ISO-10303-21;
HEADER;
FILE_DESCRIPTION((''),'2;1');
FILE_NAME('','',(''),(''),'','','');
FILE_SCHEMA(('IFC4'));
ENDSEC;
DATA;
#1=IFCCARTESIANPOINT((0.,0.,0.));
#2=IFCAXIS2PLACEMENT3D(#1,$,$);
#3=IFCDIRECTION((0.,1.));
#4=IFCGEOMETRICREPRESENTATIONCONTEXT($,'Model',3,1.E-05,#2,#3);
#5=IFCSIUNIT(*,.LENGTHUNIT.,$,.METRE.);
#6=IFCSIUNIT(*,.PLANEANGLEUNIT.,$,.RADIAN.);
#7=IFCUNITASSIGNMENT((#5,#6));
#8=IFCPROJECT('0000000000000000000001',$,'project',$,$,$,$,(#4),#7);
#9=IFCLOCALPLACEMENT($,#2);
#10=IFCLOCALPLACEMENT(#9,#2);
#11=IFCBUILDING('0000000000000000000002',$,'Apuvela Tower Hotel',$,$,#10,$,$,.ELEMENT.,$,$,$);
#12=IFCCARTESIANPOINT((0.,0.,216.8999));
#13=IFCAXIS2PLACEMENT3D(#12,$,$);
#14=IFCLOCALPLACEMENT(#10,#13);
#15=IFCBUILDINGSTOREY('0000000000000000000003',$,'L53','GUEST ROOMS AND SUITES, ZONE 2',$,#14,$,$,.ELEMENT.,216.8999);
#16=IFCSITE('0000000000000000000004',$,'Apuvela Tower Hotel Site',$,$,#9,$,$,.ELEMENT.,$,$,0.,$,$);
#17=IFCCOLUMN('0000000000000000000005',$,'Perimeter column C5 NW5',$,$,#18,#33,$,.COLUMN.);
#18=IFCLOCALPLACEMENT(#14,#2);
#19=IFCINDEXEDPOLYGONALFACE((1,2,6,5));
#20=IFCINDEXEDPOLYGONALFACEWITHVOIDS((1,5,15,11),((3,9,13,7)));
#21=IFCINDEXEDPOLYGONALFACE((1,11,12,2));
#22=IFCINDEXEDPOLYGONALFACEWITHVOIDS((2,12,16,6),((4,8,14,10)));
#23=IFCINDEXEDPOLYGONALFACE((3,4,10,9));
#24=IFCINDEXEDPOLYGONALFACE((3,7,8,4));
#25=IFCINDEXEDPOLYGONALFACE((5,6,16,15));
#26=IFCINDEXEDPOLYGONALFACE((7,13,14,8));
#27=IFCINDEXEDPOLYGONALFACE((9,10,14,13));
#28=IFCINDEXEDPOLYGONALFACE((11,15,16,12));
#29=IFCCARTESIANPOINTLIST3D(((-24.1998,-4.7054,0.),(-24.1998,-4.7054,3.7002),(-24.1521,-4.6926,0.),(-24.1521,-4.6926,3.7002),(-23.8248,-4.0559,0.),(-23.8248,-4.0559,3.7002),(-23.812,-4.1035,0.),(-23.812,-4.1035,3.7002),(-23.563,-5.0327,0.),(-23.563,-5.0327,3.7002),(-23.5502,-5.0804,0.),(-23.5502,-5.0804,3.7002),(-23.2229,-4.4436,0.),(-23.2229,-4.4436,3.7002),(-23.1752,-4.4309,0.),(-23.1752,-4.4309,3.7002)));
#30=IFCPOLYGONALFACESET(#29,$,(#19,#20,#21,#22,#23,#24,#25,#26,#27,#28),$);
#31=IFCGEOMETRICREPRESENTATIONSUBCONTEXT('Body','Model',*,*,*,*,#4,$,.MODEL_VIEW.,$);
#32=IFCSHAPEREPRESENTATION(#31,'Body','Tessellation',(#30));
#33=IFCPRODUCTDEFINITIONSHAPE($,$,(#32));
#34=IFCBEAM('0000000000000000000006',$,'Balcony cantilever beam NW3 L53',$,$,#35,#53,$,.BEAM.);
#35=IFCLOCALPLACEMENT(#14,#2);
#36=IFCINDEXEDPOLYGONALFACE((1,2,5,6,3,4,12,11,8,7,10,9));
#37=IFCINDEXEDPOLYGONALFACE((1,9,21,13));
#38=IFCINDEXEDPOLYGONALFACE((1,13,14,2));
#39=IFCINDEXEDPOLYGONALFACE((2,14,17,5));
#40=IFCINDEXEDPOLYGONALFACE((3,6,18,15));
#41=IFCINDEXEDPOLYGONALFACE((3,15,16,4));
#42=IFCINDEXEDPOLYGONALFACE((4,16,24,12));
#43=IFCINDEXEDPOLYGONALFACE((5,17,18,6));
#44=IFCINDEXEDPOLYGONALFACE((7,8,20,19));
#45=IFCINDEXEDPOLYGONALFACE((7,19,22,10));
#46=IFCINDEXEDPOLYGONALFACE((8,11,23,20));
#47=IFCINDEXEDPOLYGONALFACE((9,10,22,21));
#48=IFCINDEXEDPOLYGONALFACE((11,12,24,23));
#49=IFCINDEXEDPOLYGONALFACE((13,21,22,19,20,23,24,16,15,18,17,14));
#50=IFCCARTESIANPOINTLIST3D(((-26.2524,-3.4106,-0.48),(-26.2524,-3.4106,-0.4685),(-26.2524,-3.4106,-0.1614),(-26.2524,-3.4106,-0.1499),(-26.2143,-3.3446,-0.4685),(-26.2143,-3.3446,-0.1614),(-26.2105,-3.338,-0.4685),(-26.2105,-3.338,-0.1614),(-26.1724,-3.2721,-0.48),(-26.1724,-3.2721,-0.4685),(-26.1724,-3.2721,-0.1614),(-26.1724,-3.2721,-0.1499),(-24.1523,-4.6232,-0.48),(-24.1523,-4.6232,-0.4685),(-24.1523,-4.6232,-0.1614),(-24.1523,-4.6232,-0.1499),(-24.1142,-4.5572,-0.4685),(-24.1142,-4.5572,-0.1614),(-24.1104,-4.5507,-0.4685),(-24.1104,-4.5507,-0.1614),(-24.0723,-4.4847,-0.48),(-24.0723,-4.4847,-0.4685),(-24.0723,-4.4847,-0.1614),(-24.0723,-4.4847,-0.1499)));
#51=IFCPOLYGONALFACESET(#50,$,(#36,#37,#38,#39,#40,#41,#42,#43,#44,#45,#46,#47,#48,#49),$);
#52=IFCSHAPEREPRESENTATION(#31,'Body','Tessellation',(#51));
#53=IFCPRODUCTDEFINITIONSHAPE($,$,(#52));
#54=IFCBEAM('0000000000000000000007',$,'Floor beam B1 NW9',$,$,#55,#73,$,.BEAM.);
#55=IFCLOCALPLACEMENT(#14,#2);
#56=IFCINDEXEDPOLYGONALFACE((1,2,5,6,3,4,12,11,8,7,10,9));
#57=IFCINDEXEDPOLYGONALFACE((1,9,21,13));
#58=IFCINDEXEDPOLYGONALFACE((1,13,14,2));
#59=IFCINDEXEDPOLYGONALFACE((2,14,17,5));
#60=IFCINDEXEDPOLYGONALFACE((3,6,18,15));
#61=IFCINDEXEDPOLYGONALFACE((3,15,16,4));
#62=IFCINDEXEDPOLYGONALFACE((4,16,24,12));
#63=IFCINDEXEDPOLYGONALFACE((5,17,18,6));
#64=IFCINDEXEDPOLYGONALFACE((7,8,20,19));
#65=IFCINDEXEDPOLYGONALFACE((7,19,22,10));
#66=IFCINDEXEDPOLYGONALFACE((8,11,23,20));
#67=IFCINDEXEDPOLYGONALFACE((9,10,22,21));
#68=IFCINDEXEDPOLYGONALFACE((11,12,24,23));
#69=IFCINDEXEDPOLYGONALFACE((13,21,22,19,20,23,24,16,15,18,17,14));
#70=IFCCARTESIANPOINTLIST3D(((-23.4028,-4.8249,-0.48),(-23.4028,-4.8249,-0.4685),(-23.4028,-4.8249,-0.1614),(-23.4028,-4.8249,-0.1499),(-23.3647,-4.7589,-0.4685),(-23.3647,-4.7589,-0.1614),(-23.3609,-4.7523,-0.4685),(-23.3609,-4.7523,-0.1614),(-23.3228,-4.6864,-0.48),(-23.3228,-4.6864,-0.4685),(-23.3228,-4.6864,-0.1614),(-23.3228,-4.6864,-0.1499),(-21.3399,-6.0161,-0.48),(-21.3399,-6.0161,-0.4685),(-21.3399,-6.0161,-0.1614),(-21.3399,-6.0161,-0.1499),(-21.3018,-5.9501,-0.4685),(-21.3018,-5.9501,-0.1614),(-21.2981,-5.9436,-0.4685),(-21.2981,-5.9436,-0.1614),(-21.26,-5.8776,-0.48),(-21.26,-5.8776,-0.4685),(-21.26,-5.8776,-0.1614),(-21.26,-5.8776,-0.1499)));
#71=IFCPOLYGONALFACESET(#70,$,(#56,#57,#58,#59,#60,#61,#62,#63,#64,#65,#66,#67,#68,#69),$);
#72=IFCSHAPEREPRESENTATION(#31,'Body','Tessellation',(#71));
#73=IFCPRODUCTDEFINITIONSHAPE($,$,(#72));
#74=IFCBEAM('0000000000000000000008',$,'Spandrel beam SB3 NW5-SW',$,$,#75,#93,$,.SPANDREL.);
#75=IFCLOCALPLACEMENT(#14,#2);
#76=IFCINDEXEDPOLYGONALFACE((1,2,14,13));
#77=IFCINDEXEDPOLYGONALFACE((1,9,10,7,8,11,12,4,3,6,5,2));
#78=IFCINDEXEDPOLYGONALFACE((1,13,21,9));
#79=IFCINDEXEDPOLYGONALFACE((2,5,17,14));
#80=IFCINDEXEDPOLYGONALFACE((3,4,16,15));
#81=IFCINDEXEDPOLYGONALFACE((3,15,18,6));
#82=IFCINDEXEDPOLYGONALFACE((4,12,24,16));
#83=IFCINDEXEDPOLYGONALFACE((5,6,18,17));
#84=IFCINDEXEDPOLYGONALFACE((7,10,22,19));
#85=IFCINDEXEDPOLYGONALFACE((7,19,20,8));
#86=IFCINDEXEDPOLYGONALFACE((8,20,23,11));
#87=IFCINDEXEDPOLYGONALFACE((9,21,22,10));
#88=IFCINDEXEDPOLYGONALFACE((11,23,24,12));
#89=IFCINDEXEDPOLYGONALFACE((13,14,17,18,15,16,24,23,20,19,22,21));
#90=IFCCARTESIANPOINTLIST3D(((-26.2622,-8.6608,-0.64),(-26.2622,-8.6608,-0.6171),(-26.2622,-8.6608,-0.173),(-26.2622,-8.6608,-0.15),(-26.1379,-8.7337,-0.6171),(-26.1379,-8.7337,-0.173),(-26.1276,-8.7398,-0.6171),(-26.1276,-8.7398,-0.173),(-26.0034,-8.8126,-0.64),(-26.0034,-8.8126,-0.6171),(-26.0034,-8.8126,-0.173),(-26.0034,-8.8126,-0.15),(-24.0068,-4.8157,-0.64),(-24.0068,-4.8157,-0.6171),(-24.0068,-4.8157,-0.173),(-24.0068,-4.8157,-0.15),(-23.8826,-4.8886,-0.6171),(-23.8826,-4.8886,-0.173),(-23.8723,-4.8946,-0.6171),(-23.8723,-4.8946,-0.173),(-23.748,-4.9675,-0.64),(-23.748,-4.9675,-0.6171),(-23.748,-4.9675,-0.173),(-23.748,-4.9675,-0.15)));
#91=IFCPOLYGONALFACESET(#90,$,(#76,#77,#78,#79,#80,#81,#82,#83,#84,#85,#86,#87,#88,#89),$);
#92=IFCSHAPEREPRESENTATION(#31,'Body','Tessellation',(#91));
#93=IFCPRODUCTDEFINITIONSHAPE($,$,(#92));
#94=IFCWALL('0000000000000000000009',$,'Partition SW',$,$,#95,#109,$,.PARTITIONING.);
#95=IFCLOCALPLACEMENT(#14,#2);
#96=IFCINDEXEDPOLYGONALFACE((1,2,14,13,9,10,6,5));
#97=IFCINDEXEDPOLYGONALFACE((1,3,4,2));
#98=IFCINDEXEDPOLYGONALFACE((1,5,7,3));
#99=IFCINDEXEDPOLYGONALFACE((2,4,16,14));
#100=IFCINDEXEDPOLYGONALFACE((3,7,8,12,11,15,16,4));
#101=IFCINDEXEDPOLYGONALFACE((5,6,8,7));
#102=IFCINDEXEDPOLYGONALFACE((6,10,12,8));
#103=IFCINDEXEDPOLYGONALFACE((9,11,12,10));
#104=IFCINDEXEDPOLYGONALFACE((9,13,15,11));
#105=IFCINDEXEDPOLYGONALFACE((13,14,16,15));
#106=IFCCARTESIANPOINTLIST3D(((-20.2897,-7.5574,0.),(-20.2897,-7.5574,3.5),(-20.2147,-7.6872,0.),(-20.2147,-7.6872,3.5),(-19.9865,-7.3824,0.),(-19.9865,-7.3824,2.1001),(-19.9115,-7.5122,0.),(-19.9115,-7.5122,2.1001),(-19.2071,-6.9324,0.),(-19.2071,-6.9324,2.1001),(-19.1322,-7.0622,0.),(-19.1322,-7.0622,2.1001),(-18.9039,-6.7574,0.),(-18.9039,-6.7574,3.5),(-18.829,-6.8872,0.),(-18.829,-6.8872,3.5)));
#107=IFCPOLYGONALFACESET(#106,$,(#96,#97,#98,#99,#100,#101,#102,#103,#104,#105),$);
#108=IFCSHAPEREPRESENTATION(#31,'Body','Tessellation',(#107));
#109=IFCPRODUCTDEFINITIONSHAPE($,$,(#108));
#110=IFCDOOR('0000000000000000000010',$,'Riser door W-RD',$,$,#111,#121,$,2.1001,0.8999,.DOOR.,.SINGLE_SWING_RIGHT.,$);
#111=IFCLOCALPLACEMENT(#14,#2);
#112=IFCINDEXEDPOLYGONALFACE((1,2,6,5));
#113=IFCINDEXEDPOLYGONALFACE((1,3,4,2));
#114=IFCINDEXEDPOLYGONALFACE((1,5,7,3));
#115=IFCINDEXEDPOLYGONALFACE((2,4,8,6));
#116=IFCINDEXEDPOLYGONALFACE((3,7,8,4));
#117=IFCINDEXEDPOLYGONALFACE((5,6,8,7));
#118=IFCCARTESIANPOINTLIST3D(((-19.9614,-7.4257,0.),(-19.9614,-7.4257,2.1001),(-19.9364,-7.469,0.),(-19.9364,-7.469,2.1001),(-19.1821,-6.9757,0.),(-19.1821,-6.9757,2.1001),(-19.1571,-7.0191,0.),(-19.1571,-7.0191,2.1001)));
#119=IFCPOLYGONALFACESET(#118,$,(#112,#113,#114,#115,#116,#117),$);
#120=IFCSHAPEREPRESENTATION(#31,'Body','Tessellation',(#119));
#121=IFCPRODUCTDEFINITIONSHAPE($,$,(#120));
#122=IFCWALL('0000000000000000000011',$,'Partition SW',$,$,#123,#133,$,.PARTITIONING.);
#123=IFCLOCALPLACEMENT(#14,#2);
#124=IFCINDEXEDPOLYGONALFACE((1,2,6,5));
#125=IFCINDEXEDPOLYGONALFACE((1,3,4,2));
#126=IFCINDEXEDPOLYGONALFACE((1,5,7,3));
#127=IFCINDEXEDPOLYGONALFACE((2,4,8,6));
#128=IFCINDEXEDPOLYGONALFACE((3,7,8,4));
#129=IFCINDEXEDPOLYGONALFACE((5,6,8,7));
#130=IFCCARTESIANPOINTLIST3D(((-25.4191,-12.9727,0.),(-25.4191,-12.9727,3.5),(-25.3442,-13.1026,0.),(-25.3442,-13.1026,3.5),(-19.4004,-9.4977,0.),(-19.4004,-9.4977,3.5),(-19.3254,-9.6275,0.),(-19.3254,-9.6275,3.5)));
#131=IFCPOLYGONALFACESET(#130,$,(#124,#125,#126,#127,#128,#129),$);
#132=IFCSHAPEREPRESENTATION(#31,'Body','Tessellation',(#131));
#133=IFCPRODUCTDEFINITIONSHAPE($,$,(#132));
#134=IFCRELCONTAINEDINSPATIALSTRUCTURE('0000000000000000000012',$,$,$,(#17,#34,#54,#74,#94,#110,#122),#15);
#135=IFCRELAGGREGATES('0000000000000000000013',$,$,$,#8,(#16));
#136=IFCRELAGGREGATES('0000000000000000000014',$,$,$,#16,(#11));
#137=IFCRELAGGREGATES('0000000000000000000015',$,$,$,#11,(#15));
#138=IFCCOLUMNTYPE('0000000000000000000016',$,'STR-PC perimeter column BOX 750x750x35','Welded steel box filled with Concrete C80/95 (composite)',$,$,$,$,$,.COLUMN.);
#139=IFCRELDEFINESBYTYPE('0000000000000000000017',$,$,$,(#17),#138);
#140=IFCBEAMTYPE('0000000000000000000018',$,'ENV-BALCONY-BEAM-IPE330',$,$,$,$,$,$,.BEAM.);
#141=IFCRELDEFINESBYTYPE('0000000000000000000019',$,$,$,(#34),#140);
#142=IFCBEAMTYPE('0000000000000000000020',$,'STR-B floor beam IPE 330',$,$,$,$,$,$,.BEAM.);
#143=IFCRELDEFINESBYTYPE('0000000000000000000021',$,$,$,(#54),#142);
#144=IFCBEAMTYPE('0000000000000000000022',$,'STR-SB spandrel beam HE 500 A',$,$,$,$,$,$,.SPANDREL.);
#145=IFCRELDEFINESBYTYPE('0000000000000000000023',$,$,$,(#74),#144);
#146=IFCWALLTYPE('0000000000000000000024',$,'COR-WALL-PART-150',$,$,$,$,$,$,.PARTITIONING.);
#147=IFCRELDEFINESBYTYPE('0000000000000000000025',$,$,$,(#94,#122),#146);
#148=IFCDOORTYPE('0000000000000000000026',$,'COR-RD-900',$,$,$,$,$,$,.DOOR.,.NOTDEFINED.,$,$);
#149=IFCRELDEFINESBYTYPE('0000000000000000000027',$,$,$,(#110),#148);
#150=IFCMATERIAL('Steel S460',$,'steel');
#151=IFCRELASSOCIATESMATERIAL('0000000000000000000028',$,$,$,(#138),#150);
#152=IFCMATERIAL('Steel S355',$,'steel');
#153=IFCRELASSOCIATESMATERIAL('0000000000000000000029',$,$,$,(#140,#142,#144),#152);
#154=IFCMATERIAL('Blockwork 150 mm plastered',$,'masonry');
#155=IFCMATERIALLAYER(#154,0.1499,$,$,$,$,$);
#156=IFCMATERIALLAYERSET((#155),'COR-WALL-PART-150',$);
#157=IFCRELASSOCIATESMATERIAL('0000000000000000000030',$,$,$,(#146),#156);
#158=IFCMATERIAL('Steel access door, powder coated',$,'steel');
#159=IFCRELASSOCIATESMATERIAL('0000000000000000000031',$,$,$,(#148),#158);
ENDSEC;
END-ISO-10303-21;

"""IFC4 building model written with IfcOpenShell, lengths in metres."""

from ifc_helpers import new_model, si_unit, direction, frame, frame_2d, origin, origin_2d, place, context, subcontext, project, spatial, rectangle, hollow_rectangle, i_section, extrude, material, layer, layer_set, material_profile, profile_set, type_object, element, fill, save


model = new_model("IFC4")

# Units and contexts
model_context = context("Model", 3, precision=1e-05, world=origin(), true_north=direction((0.0, 1.0)))
body_context = subcontext(model_context, "Body", "Model", "MODEL_VIEW")
ifc_project = project(units=[si_unit("LENGTHUNIT", "METRE"), si_unit("PLANEANGLEUNIT", "RADIAN")], contexts=[model_context])

# Site, building, storey
site_placement = place(None, origin())
site = spatial("IfcSite", under=ifc_project, at=site_placement, Name="Apuvela Tower Hotel Site", CompositionType="ELEMENT", RefElevation=0.0)
building_placement = place(site_placement, origin())
building = spatial("IfcBuilding", under=site, at=building_placement, Name="Apuvela Tower Hotel", CompositionType="ELEMENT")
storey_placement = place(building_placement, frame((0.0, 0.0, 216.8999)))
storey = spatial("IfcBuildingStorey", under=building, at=storey_placement, Name="L53", Description="GUEST ROOMS AND SUITES, ZONE 2", CompositionType="ELEMENT", Elevation=216.8999)

# Column
ifc_material_1 = material(Name="Steel S460", Category="steel")
ifc_material_profile_1 = material_profile(ifc_material_1, hollow_rectangle(XDim=0.75, YDim=0.75, WallThickness=0.0349, at=origin_2d()), Name="BOX 750x750x35")
ifc_material_2 = material(Name="Concrete C80/95", Category="concrete")
ifc_material_profile_2 = material_profile(ifc_material_2, rectangle(XDim=0.6799, YDim=0.6799, at=origin_2d()), Name="Concrete C80/95 infill")
ifc_profile_set_1 = profile_set([ifc_material_profile_1, ifc_material_profile_2], Name="Steel S460")
column_type = type_object("IfcColumnType", Name="STR-PC perimeter column BOX 750x750x35", Description="Welded steel box filled with Concrete C80/95 (composite)", PredefinedType="COLUMN", material=ifc_profile_set_1)
column_placement = place(storey_placement, frame((-23.6875, -4.5681, 0.0), z_axis=(0.0, 0.0, 1.0), x_axis=(0.5, 0.866025, 0.0)))
element("IfcColumn", 1, at=column_placement, inside=storey, type_object=column_type, Name="Perimeter column C5 NW5", PredefinedType="COLUMN", context=body_context, shape_type="SweptSolid", body=[
    extrude(hollow_rectangle(XDim=0.75, YDim=0.75, WallThickness=0.0349, at=origin_2d()), origin(), (0.0, 0.0, 1.0), 3.7002),
])

# Beams
ifc_material_3 = material(Name="Steel S355", Category="steel")
ifc_material_profile_3 = material_profile(ifc_material_3, i_section(OverallWidth=0.1599, OverallDepth=0.3301, WebThickness=0.0076, FlangeThickness=0.0115, at=origin_2d()), Name="IPE 330")
ifc_profile_set_2 = profile_set([ifc_material_profile_3], Name="Steel S355")
beam_type_1 = type_object("IfcBeamType", Name="ENV-BALCONY-BEAM-IPE330", PredefinedType="BEAM", material=ifc_profile_set_2)
beam_1_placement = place(storey_placement, frame((-24.1123, -4.554, -0.3149), z_axis=(-0.865998, 0.500048, 0.0), x_axis=(-0.500048, -0.865998, 0.0)))
element("IfcBeam", 2, at=beam_1_placement, inside=storey, type_object=beam_type_1, Name="Balcony cantilever beam NW3 L53", PredefinedType="BEAM", context=body_context, shape_type="SweptSolid", body=[
    extrude(i_section(OverallWidth=0.1599, OverallDepth=0.3301, WebThickness=0.0076, FlangeThickness=0.0115, at=origin_2d()), origin(), (0.0, 0.0, 1.0), 2.425),
])
ifc_material_profile_4 = material_profile(ifc_material_3, i_section(OverallWidth=0.1599, OverallDepth=0.3301, WebThickness=0.0076, FlangeThickness=0.0115, at=origin_2d()), Name="IPE 330")
ifc_profile_set_3 = profile_set([ifc_material_profile_4], Name="Steel S355")
beam_type_2 = type_object("IfcBeamType", Name="STR-B floor beam IPE 330", PredefinedType="BEAM", material=ifc_profile_set_3)
beam_2_placement = place(storey_placement, frame((-23.3628, -4.7556, -0.3149), z_axis=(0.865982, -0.500074, 0.0), x_axis=(0.500074, 0.865982, 0.0)))
element("IfcBeam", 3, at=beam_2_placement, inside=storey, type_object=beam_type_2, Name="Floor beam B1 NW9", PredefinedType="BEAM", context=body_context, shape_type="SweptSolid", body=[
    extrude(i_section(OverallWidth=0.1599, OverallDepth=0.3301, WebThickness=0.0076, FlangeThickness=0.0115, at=origin_2d()), origin(), (0.0, 0.0, 1.0), 2.3821),
])
ifc_material_profile_5 = material_profile(ifc_material_3, i_section(OverallWidth=0.3, OverallDepth=0.49, WebThickness=0.012, FlangeThickness=0.0229, at=origin_2d()), Name="HE 500 A")
ifc_profile_set_4 = profile_set([ifc_material_profile_5], Name="Steel S355")
beam_type_3 = type_object("IfcBeamType", Name="STR-SB spandrel beam HE 500 A", PredefinedType="SPANDREL", material=ifc_profile_set_4)
beam_3_placement = place(storey_placement, frame((-23.8774, -4.8916, -0.395), z_axis=(-0.505933, -0.862573, 0.0), x_axis=(0.862573, -0.505933, 0.0)))
element("IfcBeam", 4, at=beam_3_placement, inside=storey, type_object=beam_type_3, Name="Spandrel beam SB3 NW5-SW", PredefinedType="SPANDREL", context=body_context, shape_type="SweptSolid", body=[
    extrude(i_section(OverallWidth=0.3, OverallDepth=0.49, WebThickness=0.012, FlangeThickness=0.0229, at=origin_2d()), origin(), (0.0, 0.0, 1.0), 4.4578),
])

# Wall, opening, door
ifc_material_4 = material(Name="Blockwork 150 mm plastered", Category="masonry")
ifc_layer_1 = layer(ifc_material_4, 0.1499)
ifc_layer_set_1 = layer_set([ifc_layer_1], Name="COR-WALL-PART-150")
wall_type_1 = type_object("IfcWallType", Name="COR-WALL-PART-150", PredefinedType="PARTITIONING", material=ifc_layer_set_1)
wall_1_placement = place(storey_placement, frame((-18.8665, -6.8223, 0.0), z_axis=(0.0, 0.0, 1.0), x_axis=(-0.866028, -0.499995, 0.0)))
wall_1 = element("IfcWall", 5, at=wall_1_placement, inside=storey, type_object=wall_type_1, Name="Partition SW", PredefinedType="PARTITIONING", context=body_context, shape_type="SweptSolid", body=[
    extrude(rectangle(XDim=1.6001, YDim=0.1499, at=frame_2d((0.8, 0.0))), origin(), (0.0, 0.0, 1.0), 3.5),
])
opening_1_placement = place(wall_1_placement, frame((0.3501, 0.0, 0.0)))
opening_1 = element("IfcOpeningElement", 6, at=opening_1_placement, cuts=wall_1, PredefinedType="OPENING", context=body_context, shape_type="SweptSolid", body=[
    extrude(rectangle(XDim=0.8999, YDim=2.1001, at=frame_2d((0.45, 1.05))), frame((0.0, 0.085, 0.0), z_axis=(0.0, -1.0, 0.0), x_axis=(1.0, 0.0, 0.0)), (0.0, 0.0, 1.0), 0.1699),
])
ifc_material_5 = material(Name="Steel access door, powder coated", Category="steel")
door_type_1 = type_object("IfcDoorType", Name="COR-RD-900", OperationType="NOTDEFINED", PredefinedType="DOOR", material=ifc_material_5)
door_1_placement = place(opening_1_placement, frame((0.8999, 0.0, 0.0), z_axis=(0.0, 0.0, 1.0), x_axis=(-1.0, 0.0, 0.0)))
door_1 = element("IfcDoor", 7, at=door_1_placement, inside=storey, type_object=door_type_1, Name="Riser door W-RD", OperationType="SINGLE_SWING_RIGHT", OverallHeight=2.1001, OverallWidth=0.8999, PredefinedType="DOOR", context=body_context, shape_type="SweptSolid", body=[
    extrude(rectangle(XDim=0.8999, YDim=2.1001, at=frame_2d((0.45, 1.05))), frame((0.0, 0.0249, 0.0), z_axis=(0.0, -1.0, 0.0), x_axis=(1.0, 0.0, 0.0)), (0.0, 0.0, 1.0), 0.05),
])
fill(opening_1, door_1)

# Wall
wall_2_placement = place(storey_placement, frame((-19.3628, -9.5625, 0.0), z_axis=(0.0, 0.0, 1.0), x_axis=(-0.866017, -0.500015, 0.0)))
element("IfcWall", 8, at=wall_2_placement, inside=storey, type_object=wall_type_1, Name="Partition SW", PredefinedType="PARTITIONING", context=body_context, shape_type="SweptSolid", body=[
    extrude(rectangle(XDim=6.95, YDim=0.1499, at=frame_2d((3.4751, 0.0))), origin(), (0.0, 0.0, 1.0), 3.5),
])

save(model, "model.ifc")
